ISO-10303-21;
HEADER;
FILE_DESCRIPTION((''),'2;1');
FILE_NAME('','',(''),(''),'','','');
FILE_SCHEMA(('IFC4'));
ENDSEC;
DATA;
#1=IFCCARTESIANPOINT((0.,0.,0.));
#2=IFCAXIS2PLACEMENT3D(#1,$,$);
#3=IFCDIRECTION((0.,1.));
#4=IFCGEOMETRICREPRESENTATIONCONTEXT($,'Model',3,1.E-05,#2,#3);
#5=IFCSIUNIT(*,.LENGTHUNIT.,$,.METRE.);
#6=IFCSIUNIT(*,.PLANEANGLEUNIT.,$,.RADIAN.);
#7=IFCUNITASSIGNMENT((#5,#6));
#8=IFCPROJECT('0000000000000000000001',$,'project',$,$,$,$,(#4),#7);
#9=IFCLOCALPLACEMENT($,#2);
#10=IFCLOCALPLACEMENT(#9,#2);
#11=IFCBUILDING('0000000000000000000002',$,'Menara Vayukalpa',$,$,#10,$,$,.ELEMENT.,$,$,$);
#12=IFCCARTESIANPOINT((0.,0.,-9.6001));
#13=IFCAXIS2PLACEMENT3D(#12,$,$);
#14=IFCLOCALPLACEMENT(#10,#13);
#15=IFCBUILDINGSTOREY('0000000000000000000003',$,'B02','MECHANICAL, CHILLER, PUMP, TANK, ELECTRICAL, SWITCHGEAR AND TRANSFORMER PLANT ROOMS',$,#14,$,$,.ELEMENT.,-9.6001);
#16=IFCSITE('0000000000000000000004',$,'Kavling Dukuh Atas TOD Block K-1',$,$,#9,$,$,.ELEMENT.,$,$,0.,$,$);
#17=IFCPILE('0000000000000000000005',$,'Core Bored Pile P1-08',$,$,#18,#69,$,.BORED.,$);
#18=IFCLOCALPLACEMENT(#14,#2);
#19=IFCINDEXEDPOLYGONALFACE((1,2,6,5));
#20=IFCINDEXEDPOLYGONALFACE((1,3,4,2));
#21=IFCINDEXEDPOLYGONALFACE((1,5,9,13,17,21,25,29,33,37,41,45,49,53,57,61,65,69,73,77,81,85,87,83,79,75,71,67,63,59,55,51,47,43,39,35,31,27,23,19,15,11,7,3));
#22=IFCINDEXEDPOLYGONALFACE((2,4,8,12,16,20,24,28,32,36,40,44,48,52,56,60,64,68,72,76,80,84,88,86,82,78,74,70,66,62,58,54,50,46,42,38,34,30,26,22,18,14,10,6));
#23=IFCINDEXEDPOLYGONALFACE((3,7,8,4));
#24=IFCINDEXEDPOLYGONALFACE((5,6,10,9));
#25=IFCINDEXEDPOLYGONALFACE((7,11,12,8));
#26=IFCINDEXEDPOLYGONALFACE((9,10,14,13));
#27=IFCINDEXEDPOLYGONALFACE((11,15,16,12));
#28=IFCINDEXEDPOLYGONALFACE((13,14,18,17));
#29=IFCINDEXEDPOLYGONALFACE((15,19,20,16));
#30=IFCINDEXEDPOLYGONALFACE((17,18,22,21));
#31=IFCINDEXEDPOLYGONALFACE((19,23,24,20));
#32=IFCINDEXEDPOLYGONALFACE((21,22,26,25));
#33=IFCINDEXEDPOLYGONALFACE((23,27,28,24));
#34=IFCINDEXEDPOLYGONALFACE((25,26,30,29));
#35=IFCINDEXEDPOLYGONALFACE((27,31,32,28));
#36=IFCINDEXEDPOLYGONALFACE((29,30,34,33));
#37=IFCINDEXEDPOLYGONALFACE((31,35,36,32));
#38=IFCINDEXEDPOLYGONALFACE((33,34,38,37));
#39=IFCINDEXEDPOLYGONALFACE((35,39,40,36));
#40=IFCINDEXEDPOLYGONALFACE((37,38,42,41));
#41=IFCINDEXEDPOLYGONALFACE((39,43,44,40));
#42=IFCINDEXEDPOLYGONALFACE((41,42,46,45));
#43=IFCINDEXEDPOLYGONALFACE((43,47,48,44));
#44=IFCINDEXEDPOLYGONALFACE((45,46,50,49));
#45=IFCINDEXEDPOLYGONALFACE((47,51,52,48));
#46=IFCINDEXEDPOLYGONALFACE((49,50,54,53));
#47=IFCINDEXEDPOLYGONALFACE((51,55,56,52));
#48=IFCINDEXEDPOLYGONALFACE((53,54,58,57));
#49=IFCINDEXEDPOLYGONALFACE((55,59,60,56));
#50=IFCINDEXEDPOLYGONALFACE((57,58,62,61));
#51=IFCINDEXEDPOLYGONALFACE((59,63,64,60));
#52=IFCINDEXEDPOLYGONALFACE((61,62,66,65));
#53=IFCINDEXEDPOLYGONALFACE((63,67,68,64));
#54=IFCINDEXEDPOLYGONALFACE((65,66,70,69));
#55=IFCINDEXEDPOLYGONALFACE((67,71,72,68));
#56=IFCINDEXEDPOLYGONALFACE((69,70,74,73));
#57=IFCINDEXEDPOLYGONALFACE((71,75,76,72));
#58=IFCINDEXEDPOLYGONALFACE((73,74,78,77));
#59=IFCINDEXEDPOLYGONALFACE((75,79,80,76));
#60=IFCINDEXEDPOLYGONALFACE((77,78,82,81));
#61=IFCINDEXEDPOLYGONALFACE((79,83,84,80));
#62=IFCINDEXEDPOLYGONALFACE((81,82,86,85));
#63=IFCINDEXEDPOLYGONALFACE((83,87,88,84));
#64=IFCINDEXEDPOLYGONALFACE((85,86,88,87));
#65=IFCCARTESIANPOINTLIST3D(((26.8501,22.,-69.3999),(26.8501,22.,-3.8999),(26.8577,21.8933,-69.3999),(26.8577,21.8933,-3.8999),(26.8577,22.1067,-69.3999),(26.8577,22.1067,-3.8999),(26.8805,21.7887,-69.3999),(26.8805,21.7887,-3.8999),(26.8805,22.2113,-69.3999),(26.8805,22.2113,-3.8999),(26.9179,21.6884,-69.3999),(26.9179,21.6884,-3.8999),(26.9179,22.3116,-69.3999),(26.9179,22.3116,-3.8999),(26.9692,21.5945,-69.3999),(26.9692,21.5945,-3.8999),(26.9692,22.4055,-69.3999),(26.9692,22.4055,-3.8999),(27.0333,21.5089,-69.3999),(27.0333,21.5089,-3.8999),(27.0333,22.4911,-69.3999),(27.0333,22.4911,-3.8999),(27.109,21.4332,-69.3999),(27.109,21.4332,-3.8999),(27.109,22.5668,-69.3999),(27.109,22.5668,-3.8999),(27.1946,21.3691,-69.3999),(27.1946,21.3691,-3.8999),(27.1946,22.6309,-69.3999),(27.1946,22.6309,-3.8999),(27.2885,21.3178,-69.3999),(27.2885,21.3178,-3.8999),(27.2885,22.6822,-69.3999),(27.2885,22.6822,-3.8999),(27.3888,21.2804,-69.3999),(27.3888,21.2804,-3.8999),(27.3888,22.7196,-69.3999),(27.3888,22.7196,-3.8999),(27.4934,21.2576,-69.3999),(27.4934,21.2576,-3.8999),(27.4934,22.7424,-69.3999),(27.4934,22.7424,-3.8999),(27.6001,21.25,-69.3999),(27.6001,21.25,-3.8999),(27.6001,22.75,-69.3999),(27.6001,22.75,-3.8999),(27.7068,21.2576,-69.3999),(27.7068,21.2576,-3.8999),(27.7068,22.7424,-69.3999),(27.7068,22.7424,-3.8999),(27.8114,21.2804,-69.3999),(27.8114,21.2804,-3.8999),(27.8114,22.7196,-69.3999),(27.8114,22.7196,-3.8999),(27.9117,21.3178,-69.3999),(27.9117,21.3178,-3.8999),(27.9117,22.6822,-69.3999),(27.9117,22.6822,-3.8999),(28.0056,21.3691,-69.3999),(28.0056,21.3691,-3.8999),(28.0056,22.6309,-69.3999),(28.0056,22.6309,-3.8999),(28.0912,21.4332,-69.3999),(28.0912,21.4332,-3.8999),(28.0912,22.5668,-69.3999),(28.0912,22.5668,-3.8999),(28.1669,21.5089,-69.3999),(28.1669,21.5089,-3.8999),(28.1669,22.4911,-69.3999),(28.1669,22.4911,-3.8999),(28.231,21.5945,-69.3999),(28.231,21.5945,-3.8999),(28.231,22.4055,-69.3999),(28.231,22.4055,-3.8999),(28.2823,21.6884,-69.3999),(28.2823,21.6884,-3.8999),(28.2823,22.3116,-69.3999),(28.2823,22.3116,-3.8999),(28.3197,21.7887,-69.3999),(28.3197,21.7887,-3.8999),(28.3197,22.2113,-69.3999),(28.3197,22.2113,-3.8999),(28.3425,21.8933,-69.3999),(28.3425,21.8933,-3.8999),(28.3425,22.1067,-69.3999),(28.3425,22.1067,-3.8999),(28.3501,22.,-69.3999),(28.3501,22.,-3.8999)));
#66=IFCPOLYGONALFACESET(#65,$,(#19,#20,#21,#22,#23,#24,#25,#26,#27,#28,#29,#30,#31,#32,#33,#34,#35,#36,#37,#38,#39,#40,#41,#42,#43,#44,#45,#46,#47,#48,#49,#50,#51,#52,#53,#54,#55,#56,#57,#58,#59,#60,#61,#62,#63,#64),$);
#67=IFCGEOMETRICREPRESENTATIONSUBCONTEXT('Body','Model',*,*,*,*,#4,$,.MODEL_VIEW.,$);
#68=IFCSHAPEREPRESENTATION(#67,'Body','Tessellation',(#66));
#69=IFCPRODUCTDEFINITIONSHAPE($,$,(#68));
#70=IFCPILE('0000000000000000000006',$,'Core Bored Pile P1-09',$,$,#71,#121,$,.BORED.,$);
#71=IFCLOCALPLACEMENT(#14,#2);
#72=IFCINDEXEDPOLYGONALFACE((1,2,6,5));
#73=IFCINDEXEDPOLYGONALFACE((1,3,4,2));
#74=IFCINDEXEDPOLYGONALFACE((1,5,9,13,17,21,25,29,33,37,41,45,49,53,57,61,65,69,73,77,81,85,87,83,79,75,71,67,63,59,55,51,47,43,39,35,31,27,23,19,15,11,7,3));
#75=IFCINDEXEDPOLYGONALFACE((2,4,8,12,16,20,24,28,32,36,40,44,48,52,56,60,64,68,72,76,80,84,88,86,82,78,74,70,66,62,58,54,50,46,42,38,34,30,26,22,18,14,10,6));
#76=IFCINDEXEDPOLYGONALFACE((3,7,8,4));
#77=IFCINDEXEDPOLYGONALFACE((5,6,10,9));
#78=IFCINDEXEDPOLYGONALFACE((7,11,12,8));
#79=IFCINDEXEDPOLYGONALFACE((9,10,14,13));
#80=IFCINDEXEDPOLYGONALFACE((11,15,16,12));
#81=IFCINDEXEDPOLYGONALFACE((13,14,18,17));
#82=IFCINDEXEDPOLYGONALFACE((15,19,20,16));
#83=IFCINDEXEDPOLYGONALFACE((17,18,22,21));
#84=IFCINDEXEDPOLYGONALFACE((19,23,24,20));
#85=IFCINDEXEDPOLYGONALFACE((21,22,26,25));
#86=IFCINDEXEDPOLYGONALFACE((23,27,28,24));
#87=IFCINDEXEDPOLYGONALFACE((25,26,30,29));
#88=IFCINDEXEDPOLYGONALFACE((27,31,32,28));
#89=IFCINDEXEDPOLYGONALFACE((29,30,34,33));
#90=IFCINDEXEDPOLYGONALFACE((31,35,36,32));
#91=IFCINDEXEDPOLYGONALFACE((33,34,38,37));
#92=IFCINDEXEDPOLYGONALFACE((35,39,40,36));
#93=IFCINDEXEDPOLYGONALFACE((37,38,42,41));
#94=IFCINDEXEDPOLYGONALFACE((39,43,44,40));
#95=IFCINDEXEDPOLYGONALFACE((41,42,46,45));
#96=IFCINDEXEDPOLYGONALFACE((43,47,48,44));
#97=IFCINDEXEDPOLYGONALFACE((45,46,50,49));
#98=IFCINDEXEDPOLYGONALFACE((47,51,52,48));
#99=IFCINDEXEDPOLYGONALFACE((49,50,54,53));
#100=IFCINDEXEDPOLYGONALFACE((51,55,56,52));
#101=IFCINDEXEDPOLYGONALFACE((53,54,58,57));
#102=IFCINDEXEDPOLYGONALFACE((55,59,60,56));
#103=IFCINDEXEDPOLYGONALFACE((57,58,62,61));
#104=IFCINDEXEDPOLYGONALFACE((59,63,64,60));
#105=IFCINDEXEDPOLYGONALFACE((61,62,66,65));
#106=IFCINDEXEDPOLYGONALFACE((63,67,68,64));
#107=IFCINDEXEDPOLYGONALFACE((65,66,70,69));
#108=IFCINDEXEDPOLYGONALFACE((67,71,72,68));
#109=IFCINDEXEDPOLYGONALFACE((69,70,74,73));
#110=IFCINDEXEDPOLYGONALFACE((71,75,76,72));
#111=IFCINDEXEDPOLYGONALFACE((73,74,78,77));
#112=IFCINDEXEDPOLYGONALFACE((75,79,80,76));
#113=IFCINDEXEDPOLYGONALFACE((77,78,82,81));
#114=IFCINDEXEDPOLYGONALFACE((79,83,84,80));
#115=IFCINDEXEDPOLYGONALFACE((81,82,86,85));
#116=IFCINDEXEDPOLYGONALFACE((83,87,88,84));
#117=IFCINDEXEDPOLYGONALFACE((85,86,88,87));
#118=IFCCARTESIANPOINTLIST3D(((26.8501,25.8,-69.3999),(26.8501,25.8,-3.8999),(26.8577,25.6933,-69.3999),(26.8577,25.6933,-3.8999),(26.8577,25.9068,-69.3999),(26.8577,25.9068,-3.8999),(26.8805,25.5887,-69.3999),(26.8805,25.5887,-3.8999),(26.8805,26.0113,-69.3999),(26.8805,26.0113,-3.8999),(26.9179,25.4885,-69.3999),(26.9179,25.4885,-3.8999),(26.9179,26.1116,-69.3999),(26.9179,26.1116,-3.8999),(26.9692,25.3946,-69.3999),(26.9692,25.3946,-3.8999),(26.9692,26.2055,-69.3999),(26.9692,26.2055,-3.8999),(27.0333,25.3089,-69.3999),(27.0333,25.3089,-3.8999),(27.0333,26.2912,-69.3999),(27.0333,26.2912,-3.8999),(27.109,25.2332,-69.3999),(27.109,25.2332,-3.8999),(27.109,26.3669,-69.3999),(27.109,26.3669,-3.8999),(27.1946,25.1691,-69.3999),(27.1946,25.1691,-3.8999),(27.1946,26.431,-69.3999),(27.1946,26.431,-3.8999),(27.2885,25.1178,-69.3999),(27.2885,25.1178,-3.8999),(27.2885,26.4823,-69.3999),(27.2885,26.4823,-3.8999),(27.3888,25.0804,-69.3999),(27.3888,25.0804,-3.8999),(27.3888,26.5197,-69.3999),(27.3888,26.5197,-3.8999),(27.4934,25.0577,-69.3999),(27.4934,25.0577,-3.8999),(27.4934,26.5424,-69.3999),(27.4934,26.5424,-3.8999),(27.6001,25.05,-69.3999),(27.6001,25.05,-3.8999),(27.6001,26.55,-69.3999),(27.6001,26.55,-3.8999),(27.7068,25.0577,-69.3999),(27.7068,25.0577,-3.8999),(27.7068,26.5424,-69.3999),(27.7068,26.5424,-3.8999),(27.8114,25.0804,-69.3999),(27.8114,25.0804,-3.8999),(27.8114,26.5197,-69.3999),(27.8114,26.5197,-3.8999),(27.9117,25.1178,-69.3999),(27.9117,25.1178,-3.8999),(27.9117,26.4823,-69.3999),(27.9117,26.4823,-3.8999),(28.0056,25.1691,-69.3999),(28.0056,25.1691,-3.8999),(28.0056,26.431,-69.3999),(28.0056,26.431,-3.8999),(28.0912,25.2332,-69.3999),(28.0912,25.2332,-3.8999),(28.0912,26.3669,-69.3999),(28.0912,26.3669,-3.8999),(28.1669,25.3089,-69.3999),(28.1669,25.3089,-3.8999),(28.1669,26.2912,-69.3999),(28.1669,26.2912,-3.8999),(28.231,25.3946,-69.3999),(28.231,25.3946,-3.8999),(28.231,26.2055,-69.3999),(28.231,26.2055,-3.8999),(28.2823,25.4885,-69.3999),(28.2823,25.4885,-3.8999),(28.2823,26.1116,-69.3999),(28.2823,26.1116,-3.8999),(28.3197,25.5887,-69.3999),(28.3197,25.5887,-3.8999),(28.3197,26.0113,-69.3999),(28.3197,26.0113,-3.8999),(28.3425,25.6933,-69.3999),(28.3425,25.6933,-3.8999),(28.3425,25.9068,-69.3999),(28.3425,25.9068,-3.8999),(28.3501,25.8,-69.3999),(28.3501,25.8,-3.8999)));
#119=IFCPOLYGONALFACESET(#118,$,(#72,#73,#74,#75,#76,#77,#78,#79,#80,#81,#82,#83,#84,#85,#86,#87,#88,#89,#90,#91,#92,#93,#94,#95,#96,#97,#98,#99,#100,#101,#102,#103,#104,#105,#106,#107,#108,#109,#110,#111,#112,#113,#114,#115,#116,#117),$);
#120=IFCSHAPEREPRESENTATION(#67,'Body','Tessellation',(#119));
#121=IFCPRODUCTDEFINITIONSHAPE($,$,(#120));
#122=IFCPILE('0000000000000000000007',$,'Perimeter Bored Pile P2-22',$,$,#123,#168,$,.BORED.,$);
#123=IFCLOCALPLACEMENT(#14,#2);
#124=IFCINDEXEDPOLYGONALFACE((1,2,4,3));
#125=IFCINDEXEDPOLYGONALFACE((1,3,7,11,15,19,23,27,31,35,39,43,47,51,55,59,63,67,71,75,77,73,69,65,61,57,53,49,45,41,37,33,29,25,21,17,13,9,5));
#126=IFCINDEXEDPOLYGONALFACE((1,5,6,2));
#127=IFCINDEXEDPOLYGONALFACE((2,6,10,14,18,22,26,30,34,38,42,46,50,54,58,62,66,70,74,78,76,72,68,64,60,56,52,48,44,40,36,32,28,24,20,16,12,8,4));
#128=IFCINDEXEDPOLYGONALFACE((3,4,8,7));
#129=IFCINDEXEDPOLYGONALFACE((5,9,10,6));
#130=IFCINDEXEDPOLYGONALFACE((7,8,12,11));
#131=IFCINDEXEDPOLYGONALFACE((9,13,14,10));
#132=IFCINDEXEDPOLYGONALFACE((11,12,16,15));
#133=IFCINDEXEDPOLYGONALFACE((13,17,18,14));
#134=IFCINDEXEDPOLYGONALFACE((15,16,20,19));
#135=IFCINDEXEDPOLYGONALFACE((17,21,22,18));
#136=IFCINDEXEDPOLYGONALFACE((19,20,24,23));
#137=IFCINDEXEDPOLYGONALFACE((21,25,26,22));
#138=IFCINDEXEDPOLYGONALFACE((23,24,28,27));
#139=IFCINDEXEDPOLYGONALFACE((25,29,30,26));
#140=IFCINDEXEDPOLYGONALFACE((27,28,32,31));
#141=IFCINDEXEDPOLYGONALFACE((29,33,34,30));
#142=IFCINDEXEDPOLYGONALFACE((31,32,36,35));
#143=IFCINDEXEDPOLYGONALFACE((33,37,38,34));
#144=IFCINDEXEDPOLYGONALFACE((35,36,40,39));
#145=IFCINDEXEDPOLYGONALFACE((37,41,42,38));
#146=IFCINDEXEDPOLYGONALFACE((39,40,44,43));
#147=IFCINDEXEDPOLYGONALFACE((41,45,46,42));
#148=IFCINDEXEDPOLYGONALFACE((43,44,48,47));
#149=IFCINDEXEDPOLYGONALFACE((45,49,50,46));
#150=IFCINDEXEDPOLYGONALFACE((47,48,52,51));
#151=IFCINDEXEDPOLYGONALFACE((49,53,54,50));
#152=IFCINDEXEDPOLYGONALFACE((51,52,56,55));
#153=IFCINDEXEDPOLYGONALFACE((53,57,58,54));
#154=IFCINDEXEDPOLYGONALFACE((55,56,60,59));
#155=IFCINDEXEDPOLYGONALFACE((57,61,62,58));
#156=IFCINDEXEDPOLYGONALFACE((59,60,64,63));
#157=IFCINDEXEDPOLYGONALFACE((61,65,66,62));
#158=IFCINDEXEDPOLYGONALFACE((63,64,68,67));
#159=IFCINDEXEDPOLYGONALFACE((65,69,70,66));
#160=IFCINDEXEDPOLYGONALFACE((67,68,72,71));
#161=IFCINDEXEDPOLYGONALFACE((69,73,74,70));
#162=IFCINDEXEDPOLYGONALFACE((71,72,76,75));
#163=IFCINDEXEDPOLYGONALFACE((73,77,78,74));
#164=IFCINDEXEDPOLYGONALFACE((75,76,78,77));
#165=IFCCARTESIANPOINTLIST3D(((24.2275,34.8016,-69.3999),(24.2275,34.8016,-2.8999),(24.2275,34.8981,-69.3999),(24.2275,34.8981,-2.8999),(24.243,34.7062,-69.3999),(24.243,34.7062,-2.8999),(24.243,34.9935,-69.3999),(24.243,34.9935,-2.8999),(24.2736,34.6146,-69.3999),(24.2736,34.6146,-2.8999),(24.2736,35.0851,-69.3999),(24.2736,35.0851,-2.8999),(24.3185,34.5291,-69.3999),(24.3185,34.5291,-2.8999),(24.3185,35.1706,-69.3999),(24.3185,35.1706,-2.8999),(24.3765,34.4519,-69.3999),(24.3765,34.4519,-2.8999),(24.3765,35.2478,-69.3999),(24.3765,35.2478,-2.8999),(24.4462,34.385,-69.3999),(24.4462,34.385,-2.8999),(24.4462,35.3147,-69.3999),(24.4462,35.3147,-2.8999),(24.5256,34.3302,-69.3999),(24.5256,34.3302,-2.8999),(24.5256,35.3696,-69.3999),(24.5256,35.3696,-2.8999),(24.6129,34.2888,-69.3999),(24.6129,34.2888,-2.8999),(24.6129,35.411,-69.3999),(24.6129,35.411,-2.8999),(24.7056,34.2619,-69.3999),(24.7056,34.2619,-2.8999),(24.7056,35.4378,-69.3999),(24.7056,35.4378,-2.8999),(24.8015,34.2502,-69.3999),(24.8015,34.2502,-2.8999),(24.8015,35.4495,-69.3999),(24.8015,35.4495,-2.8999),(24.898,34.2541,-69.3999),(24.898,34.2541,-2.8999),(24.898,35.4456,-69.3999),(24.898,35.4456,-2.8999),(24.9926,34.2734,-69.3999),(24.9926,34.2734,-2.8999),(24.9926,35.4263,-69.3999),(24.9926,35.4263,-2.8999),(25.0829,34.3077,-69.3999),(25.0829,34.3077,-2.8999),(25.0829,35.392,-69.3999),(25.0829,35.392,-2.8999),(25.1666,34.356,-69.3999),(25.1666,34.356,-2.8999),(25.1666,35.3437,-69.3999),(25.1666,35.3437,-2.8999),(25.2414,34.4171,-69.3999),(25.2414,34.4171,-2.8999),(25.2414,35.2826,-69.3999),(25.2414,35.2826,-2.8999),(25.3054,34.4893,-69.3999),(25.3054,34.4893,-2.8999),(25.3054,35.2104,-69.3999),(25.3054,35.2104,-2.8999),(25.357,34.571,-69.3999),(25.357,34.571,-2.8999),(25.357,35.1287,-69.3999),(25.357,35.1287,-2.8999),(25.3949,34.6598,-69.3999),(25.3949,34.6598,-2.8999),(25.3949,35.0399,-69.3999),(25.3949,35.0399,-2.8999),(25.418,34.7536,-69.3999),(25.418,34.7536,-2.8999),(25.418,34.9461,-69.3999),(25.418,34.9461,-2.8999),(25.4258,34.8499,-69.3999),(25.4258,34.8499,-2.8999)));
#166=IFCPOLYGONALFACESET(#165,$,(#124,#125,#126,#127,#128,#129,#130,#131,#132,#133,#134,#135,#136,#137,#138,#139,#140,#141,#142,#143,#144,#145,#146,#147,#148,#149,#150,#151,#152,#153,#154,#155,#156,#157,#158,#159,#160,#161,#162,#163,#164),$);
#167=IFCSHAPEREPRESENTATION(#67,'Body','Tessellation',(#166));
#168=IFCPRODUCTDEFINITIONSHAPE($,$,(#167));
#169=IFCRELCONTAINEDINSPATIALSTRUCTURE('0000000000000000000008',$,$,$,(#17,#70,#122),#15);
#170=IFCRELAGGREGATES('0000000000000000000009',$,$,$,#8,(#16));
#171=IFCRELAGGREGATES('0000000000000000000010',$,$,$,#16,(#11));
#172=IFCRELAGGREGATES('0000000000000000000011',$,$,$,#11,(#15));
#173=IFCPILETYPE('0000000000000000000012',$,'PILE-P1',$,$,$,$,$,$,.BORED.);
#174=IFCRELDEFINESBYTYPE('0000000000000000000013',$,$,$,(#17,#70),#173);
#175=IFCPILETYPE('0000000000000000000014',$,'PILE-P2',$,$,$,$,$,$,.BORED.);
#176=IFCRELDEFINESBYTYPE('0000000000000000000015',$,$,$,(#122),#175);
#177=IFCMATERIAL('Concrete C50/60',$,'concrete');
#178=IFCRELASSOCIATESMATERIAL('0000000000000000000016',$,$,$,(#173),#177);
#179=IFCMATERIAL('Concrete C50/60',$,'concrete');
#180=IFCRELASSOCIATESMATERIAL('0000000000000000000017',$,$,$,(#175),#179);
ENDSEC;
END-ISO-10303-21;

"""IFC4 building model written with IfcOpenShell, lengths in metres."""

from ifc_helpers import new_model, si_unit, direction, frame, origin, origin_2d, place, context, subcontext, project, spatial, circle, extrude, material, material_profile, profile_set, type_object, element, save


model = new_model("IFC4")

# Units and contexts
model_context = context("Model", 3, precision=1e-05, world=origin(), true_north=direction((0.0, 1.0)))
body_context = subcontext(model_context, "Body", "Model", "MODEL_VIEW")
ifc_project = project(units=[si_unit("LENGTHUNIT", "METRE"), si_unit("PLANEANGLEUNIT", "RADIAN")], contexts=[model_context])

# Site, building, storey
site_placement = place(None, origin())
site = spatial("IfcSite", under=ifc_project, at=site_placement, Name="Kavling Dukuh Atas TOD Block K-1", CompositionType="ELEMENT", RefElevation=0.0)
building_placement = place(site_placement, origin())
building = spatial("IfcBuilding", under=site, at=building_placement, Name="Menara Vayukalpa", CompositionType="ELEMENT")
storey_placement = place(building_placement, frame((0.0, 0.0, -9.6001)))
storey = spatial("IfcBuildingStorey", under=building, at=storey_placement, Name="B02", Description="MECHANICAL, CHILLER, PUMP, TANK, ELECTRICAL, SWITCHGEAR AND TRANSFORMER PLANT ROOMS", CompositionType="ELEMENT", Elevation=-9.6001)

# Piles
ifc_material_1 = material(Name="Concrete C50/60", Category="concrete")
ifc_material_profile_1 = material_profile(ifc_material_1, circle(Radius=0.75, at=origin_2d()), Name="PILE D1500")
ifc_profile_set_1 = profile_set([ifc_material_profile_1], Name="Concrete C50/60")
pile_type_1 = type_object("IfcPileType", Name="PILE-P1", PredefinedType="BORED", material=ifc_profile_set_1)
for number, where, z_axis, x_axis, name in (
    (1, (27.6001, 22.0, -3.8999), (0.0, 0.0, -1.0), (1.0, 0.0, 0.0), "Core Bored Pile P1-08"),
    (2, (27.6001, 25.8, -3.8999), (0.0, 0.0, -1.0), (1.0, 0.0, 0.0), "Core Bored Pile P1-09"),
):
    element("IfcPile", number, at=place(storey_placement, frame(where, z_axis=z_axis, x_axis=x_axis)), inside=storey, type_object=pile_type_1, Name=name, PredefinedType="BORED", context=body_context, shape_type="SweptSolid", body=[
        extrude(circle(Radius=0.75, at=origin_2d()), origin(), (0.0, 0.0, 1.0), 65.5),
    ])
ifc_material_2 = material(Name="Concrete C50/60", Category="concrete")
ifc_material_profile_2 = material_profile(ifc_material_2, circle(Radius=0.6001, at=origin_2d()), Name="PILE D1200")
ifc_profile_set_2 = profile_set([ifc_material_profile_2], Name="Concrete C50/60")
pile_type_2 = type_object("IfcPileType", Name="PILE-P2", PredefinedType="BORED", material=ifc_profile_set_2)
for number, where, z_axis, x_axis, name in (
    (3, (24.8257, 34.8499, -2.8999), (0.0, 0.0, -1.0), (1.0, 0.0, 0.0), "Perimeter Bored Pile P2-22"),
):
    element("IfcPile", number, at=place(storey_placement, frame(where, z_axis=z_axis, x_axis=x_axis)), inside=storey, type_object=pile_type_2, Name=name, PredefinedType="BORED", context=body_context, shape_type="SweptSolid", body=[
        extrude(circle(Radius=0.6001, at=origin_2d()), origin(), (0.0, 0.0, 1.0), 66.5),
    ])

save(model, "model.ifc")
